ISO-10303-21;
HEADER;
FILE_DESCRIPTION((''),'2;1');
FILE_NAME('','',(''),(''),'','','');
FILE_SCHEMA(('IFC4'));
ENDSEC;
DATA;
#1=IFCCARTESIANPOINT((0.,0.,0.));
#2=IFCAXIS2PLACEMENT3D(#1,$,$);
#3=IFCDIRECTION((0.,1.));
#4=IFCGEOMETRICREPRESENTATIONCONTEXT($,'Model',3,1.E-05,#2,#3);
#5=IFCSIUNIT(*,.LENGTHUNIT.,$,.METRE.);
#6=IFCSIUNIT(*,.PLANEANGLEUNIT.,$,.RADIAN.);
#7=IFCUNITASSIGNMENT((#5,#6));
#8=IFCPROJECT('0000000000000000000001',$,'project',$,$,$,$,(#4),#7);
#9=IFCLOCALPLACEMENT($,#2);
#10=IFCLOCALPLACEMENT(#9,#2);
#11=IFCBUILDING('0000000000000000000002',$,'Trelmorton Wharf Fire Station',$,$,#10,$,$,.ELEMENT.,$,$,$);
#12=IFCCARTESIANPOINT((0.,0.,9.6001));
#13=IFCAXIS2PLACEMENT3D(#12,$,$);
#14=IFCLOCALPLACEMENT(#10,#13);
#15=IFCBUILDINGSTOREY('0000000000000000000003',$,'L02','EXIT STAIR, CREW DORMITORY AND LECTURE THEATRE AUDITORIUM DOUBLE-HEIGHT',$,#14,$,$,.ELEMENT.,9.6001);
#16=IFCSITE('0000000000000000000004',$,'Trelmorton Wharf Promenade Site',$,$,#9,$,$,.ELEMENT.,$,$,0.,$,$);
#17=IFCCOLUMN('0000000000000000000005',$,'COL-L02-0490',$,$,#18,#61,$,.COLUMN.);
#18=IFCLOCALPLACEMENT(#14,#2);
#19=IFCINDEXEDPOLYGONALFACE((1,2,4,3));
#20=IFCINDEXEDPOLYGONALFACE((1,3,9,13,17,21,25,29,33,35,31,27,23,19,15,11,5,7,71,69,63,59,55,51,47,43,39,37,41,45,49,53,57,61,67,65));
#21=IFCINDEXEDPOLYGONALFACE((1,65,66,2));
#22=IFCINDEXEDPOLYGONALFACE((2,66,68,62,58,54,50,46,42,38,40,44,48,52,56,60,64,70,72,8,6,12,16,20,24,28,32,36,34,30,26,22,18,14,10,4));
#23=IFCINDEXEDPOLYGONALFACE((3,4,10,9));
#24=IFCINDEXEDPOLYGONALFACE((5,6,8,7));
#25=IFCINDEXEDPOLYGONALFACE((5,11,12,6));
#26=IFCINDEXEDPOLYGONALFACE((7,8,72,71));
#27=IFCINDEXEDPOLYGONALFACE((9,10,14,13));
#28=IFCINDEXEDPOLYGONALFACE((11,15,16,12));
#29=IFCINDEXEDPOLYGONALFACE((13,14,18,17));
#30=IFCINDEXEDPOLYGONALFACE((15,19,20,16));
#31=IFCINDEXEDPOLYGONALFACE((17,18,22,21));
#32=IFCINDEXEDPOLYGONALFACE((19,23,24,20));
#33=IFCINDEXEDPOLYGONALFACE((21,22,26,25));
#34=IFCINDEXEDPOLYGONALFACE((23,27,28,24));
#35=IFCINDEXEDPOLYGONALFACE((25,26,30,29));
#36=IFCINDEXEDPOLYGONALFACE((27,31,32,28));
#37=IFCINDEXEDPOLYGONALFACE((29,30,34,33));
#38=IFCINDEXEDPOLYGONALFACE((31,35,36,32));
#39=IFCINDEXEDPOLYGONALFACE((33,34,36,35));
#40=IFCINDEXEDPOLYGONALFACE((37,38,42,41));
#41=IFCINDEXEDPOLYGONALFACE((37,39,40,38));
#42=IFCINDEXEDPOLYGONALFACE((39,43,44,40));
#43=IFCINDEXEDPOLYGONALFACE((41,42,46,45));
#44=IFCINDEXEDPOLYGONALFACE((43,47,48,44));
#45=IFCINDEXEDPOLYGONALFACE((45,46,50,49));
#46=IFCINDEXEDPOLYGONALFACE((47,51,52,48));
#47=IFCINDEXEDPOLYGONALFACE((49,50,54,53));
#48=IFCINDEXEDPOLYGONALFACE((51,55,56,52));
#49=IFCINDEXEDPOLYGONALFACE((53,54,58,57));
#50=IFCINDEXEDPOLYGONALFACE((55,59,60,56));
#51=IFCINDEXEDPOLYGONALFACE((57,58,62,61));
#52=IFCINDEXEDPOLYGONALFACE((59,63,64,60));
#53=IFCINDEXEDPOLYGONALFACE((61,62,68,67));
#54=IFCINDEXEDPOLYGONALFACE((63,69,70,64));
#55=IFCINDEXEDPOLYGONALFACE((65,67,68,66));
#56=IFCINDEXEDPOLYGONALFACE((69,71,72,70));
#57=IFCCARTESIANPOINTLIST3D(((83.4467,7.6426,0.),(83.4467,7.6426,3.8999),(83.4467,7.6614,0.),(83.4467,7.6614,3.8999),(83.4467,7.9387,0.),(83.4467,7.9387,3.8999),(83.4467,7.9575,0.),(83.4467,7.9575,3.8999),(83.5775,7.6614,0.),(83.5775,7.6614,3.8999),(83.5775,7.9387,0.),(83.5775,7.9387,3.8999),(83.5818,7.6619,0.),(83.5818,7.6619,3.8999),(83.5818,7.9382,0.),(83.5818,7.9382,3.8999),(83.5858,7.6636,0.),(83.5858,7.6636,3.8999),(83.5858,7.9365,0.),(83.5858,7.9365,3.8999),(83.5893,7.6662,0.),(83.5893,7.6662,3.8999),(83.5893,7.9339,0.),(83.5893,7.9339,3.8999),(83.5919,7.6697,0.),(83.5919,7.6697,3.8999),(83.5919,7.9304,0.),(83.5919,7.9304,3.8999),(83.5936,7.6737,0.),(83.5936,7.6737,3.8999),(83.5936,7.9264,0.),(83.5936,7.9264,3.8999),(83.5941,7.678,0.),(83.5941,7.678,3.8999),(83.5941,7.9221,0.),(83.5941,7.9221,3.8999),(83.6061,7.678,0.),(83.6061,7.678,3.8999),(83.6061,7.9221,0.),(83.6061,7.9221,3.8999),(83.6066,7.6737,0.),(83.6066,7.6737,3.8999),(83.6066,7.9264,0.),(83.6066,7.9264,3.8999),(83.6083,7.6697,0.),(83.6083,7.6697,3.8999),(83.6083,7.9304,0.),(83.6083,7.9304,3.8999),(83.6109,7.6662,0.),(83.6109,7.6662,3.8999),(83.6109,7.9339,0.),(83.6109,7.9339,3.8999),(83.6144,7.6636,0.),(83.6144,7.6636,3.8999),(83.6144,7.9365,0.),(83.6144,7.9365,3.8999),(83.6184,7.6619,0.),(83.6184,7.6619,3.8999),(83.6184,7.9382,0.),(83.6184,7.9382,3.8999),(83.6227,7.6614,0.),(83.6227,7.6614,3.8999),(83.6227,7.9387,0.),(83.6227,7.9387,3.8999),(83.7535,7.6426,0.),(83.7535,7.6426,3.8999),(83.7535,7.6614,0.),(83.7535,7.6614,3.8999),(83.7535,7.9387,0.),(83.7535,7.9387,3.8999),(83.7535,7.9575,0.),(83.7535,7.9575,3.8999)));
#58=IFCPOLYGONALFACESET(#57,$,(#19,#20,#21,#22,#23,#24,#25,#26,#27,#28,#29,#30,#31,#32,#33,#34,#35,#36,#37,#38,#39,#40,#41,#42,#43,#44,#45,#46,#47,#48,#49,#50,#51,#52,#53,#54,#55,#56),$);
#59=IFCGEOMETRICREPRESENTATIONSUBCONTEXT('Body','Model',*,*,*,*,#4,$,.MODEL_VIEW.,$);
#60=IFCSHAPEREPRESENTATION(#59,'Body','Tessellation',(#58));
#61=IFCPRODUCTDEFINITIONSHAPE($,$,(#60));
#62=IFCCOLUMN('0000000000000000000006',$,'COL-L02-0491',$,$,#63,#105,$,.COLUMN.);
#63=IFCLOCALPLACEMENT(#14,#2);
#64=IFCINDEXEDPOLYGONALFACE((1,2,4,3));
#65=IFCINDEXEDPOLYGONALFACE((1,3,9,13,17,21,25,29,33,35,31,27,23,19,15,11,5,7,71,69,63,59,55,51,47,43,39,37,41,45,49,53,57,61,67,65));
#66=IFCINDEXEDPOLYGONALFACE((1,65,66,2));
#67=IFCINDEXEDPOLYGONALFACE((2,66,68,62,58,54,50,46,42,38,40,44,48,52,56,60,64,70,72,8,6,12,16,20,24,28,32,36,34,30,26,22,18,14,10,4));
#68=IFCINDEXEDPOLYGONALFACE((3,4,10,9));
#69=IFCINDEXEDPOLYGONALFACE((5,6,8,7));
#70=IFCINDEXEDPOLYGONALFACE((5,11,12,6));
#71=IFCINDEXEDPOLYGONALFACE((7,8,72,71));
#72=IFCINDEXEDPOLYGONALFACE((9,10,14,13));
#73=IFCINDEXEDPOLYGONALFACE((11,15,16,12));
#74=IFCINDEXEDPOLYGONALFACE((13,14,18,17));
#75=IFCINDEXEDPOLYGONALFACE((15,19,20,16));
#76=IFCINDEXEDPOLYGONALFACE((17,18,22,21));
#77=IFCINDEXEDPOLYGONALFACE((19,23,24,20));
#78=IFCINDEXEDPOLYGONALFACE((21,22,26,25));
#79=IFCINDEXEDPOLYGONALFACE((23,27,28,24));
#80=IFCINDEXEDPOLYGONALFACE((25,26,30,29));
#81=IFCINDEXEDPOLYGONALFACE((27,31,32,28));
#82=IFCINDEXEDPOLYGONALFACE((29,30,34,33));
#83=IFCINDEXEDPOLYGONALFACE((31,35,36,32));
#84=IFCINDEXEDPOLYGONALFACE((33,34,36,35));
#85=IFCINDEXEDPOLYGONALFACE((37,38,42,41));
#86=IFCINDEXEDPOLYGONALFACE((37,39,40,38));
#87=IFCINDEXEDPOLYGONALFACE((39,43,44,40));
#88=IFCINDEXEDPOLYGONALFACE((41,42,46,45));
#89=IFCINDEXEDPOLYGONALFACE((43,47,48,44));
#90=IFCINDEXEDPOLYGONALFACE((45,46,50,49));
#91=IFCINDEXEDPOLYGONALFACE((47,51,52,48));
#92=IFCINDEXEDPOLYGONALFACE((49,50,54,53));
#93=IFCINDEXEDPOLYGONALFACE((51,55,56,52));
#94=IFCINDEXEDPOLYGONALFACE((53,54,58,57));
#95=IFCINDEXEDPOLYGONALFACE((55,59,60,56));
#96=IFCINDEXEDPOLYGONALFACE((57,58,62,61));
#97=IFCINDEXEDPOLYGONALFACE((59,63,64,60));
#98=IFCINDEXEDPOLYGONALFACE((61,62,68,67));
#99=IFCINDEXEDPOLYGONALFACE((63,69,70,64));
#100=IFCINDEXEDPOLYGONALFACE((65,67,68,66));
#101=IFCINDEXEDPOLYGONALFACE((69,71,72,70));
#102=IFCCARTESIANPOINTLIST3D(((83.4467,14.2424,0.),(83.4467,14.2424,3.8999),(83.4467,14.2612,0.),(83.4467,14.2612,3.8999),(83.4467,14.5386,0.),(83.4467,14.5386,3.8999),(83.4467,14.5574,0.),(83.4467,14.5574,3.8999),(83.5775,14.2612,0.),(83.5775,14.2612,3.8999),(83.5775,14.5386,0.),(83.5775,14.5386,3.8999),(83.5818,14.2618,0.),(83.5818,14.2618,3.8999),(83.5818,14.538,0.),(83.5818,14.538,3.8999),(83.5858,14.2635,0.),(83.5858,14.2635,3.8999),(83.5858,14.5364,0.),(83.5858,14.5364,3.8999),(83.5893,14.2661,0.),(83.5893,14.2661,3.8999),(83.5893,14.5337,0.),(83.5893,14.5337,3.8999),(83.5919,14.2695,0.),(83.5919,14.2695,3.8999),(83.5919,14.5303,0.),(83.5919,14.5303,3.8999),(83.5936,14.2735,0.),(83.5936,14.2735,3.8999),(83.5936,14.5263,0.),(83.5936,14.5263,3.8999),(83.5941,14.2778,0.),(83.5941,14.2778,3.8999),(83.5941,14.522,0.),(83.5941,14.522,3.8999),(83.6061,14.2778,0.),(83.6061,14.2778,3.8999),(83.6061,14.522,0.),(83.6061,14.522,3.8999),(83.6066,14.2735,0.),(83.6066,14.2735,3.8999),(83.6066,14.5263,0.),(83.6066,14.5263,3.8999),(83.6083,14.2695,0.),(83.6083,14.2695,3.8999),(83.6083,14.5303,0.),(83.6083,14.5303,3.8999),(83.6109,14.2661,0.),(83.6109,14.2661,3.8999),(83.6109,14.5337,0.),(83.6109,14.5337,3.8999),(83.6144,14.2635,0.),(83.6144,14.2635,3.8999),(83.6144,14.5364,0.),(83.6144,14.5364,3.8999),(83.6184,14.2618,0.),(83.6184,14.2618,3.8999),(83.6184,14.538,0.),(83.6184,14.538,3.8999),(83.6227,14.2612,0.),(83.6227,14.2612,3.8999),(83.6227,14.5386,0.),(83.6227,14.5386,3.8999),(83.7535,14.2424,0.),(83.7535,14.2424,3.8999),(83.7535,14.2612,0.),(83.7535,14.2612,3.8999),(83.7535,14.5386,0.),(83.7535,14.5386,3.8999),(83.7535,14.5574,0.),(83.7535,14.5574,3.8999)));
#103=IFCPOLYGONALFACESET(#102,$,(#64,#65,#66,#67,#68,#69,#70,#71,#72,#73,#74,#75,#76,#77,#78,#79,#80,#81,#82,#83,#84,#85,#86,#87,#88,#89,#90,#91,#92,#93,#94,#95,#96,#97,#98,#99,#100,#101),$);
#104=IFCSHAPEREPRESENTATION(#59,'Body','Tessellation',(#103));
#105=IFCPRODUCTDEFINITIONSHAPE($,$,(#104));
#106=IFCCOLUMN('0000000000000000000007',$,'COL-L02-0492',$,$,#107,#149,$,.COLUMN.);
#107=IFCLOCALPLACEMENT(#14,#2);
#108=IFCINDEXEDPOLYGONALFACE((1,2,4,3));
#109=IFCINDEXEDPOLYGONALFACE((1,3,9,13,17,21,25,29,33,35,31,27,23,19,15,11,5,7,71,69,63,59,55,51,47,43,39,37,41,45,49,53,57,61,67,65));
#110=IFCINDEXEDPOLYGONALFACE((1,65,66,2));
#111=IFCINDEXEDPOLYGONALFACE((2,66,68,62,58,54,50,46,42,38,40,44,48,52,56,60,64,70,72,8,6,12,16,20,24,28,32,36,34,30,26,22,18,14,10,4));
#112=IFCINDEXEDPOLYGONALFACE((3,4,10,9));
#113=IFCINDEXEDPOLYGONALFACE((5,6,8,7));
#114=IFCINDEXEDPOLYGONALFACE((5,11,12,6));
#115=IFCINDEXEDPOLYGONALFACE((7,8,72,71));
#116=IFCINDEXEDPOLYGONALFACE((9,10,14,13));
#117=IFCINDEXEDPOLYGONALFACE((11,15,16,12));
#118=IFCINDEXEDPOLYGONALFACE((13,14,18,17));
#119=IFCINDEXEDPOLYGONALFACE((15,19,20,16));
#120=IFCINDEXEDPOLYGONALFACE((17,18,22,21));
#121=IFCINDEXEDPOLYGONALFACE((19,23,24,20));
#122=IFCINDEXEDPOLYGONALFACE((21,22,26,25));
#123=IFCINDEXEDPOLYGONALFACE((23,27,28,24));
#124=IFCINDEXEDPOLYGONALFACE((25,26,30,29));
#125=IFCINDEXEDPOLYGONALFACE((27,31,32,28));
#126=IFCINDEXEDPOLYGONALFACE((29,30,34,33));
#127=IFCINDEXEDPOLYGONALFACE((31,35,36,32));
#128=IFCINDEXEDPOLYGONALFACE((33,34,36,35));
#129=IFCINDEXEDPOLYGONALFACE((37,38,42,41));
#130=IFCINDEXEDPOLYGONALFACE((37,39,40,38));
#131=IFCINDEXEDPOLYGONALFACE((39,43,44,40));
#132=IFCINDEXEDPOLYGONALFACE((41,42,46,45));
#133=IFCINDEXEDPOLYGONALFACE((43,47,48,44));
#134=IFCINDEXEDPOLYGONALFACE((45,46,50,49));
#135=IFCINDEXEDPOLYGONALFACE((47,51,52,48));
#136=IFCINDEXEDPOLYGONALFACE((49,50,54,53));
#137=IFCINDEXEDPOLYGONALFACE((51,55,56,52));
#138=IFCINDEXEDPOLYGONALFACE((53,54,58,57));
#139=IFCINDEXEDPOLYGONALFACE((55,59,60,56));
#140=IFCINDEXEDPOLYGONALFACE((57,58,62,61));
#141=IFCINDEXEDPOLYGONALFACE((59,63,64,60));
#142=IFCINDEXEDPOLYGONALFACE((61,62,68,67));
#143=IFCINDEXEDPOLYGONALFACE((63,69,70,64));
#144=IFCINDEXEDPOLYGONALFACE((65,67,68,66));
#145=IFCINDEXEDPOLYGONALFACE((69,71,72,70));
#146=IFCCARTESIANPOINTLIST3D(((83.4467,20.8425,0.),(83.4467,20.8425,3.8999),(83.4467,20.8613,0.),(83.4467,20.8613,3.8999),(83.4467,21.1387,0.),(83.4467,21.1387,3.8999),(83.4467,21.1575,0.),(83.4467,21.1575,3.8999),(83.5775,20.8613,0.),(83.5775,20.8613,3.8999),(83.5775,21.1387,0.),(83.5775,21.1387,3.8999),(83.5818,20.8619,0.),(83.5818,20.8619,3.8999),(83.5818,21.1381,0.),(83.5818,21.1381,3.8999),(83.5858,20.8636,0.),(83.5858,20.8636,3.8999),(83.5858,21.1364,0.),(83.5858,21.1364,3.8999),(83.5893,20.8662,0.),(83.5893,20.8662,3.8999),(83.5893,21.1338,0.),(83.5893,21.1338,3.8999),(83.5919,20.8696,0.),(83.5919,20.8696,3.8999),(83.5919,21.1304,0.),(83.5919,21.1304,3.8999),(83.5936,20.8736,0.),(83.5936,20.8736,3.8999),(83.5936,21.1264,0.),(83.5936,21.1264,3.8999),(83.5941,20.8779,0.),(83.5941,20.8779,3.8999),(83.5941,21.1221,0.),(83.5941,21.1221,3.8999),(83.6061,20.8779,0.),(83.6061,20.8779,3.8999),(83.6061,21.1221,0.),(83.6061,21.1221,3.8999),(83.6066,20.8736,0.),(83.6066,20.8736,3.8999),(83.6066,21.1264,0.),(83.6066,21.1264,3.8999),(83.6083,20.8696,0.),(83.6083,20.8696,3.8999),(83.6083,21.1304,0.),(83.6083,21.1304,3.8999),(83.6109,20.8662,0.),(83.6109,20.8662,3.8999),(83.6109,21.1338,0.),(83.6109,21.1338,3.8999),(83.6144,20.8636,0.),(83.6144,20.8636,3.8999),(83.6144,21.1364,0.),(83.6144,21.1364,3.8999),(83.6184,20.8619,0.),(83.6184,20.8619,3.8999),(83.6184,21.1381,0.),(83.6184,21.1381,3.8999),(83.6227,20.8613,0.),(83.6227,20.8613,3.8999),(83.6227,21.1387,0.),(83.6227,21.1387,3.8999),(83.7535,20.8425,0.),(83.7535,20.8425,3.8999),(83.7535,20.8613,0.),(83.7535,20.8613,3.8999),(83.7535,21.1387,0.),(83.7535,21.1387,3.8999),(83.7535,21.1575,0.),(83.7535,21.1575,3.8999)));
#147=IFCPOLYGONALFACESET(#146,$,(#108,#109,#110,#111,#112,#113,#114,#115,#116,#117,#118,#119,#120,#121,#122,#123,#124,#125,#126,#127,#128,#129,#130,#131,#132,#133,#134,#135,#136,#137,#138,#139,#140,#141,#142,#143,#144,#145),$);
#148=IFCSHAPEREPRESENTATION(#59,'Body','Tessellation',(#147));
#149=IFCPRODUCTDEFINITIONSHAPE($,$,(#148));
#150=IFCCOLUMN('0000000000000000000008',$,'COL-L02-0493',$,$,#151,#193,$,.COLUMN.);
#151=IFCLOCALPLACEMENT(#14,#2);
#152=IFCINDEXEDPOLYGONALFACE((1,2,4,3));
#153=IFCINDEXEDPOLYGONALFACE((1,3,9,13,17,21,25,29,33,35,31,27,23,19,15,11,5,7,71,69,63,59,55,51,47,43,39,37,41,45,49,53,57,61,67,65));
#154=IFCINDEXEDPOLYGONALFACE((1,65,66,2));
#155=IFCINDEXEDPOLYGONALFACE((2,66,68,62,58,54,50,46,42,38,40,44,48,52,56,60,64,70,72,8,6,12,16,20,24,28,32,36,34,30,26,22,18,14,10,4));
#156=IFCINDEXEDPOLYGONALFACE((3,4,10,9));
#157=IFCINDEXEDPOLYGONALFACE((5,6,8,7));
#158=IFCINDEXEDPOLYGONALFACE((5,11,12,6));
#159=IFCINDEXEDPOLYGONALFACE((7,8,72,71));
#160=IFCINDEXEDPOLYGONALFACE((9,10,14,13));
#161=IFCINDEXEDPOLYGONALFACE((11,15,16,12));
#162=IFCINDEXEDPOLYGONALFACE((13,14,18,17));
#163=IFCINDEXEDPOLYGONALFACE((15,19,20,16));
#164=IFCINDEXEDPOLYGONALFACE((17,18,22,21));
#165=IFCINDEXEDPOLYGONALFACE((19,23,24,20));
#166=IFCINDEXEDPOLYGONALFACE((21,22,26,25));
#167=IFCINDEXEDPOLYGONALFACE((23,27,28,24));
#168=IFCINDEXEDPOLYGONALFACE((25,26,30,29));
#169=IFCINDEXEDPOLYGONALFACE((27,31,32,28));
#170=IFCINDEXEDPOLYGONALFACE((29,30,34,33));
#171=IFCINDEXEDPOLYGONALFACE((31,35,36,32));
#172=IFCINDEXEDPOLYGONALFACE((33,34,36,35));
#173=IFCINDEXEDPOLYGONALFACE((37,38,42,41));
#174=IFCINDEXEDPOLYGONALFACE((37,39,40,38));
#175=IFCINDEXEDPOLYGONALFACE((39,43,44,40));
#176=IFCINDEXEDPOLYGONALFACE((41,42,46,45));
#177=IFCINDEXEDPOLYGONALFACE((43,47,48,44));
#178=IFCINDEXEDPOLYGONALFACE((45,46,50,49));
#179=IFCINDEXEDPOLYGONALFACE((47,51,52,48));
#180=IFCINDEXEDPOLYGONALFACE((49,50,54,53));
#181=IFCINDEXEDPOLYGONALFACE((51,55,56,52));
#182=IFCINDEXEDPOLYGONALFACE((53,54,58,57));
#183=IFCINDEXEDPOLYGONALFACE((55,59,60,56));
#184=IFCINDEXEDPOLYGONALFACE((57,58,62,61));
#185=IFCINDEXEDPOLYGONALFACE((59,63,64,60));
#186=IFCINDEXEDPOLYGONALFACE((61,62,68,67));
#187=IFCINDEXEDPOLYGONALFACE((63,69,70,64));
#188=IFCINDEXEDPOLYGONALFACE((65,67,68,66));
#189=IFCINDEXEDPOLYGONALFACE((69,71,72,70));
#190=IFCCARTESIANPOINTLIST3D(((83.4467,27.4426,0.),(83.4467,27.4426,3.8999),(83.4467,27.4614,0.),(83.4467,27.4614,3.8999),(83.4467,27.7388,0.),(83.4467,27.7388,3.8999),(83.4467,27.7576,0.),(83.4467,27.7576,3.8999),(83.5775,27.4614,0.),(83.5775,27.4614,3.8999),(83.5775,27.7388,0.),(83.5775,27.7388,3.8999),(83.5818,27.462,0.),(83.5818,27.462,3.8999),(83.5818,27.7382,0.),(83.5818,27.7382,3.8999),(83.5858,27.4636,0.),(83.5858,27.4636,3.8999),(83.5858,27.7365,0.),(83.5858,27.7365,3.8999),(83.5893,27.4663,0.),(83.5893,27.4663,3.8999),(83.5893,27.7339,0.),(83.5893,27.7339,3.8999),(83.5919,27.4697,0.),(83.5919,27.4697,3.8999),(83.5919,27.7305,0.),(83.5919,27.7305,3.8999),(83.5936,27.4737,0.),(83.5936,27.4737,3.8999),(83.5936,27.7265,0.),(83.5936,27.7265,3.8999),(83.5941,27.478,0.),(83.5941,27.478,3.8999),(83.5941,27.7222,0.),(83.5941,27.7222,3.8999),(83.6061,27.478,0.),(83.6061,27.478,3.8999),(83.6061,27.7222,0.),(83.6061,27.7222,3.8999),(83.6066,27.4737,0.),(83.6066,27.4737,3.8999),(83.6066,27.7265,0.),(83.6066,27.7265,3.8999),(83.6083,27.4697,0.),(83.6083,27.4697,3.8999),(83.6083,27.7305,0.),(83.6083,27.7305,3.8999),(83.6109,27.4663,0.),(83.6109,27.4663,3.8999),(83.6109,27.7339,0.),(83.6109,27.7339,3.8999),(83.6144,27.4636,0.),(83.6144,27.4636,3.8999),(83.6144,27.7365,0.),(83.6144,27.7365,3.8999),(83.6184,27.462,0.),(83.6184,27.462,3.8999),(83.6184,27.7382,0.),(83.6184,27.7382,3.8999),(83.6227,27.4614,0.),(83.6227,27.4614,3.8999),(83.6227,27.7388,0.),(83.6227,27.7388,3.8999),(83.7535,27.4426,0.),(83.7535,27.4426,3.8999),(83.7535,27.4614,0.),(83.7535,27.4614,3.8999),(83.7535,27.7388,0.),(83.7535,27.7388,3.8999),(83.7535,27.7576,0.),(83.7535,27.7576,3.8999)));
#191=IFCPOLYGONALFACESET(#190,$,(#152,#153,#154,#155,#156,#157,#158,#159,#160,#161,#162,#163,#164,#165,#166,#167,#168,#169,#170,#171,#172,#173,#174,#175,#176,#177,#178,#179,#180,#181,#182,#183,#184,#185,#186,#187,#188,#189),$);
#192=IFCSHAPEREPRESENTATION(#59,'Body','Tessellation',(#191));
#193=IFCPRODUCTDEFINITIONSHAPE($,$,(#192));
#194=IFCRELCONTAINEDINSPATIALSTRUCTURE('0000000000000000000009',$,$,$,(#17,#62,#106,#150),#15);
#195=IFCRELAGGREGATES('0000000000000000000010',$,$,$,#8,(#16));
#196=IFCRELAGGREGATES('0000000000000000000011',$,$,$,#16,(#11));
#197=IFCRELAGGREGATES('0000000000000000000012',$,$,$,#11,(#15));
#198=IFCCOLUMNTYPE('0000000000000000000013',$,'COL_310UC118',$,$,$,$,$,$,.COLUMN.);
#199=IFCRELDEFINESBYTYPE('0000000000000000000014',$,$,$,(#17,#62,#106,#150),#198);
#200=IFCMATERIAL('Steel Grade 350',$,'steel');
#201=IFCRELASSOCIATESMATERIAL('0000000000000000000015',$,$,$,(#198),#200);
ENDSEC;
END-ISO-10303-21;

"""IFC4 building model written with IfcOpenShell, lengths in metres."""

from ifc_helpers import new_model, si_unit, direction, frame, origin, origin_2d, place, context, subcontext, project, spatial, i_section, extrude, material, material_profile, profile_set, type_object, element, save


model = new_model("IFC4")

# Units and contexts
model_context = context("Model", 3, precision=1e-05, world=origin(), true_north=direction((0.0, 1.0)))
body_context = subcontext(model_context, "Body", "Model", "MODEL_VIEW")
ifc_project = project(units=[si_unit("LENGTHUNIT", "METRE"), si_unit("PLANEANGLEUNIT", "RADIAN")], contexts=[model_context])

# Site, building, storey
site_placement = place(None, origin())
site = spatial("IfcSite", under=ifc_project, at=site_placement, Name="Trelmorton Wharf Promenade Site", CompositionType="ELEMENT", RefElevation=0.0)
building_placement = place(site_placement, origin())
building = spatial("IfcBuilding", under=site, at=building_placement, Name="Trelmorton Wharf Fire Station", CompositionType="ELEMENT")
storey_placement = place(building_placement, frame((0.0, 0.0, 9.6001)))
storey = spatial("IfcBuildingStorey", under=building, at=storey_placement, Name="L02", Description="EXIT STAIR, CREW DORMITORY AND LECTURE THEATRE AUDITORIUM DOUBLE-HEIGHT", CompositionType="ELEMENT", Elevation=9.6001)

# Columns
ifc_material_1 = material(Name="Steel Grade 350", Category="steel")
ifc_material_profile_1 = material_profile(ifc_material_1, i_section(OverallWidth=0.3069, OverallDepth=0.3149, WebThickness=0.012, FlangeThickness=0.0188, FilletRadius=0.0166, at=origin_2d()), Name="310UC118")
ifc_profile_set_1 = profile_set([ifc_material_profile_1], Name="Steel Grade 350")
column_type_1 = type_object("IfcColumnType", Name="COL_310UC118", PredefinedType="COLUMN", material=ifc_profile_set_1)
for number, where, z_axis, x_axis, name in (
    (1, (83.6001, 7.8, 0.0), (0.0, 0.0, 1.0), (1.0, 0.0, 0.0), "COL-L02-0490"),
    (2, (83.6001, 14.3999, 0.0), (0.0, 0.0, 1.0), (1.0, 0.0, 0.0), "COL-L02-0491"),
    (3, (83.6001, 21.0, 0.0), (0.0, 0.0, 1.0), (1.0, 0.0, 0.0), "COL-L02-0492"),
    (4, (83.6001, 27.6001, 0.0), (0.0, 0.0, 1.0), (1.0, 0.0, 0.0), "COL-L02-0493"),
):
    element("IfcColumn", number, at=place(storey_placement, frame(where, z_axis=z_axis, x_axis=x_axis)), inside=storey, type_object=column_type_1, Name=name, PredefinedType="COLUMN", context=body_context, shape_type="SweptSolid", body=[
        extrude(i_section(OverallWidth=0.3069, OverallDepth=0.3149, WebThickness=0.012, FlangeThickness=0.0188, FilletRadius=0.0166, at=origin_2d()), origin(), (0.0, 0.0, 1.0), 3.8999),
    ])

save(model, "model.ifc")
